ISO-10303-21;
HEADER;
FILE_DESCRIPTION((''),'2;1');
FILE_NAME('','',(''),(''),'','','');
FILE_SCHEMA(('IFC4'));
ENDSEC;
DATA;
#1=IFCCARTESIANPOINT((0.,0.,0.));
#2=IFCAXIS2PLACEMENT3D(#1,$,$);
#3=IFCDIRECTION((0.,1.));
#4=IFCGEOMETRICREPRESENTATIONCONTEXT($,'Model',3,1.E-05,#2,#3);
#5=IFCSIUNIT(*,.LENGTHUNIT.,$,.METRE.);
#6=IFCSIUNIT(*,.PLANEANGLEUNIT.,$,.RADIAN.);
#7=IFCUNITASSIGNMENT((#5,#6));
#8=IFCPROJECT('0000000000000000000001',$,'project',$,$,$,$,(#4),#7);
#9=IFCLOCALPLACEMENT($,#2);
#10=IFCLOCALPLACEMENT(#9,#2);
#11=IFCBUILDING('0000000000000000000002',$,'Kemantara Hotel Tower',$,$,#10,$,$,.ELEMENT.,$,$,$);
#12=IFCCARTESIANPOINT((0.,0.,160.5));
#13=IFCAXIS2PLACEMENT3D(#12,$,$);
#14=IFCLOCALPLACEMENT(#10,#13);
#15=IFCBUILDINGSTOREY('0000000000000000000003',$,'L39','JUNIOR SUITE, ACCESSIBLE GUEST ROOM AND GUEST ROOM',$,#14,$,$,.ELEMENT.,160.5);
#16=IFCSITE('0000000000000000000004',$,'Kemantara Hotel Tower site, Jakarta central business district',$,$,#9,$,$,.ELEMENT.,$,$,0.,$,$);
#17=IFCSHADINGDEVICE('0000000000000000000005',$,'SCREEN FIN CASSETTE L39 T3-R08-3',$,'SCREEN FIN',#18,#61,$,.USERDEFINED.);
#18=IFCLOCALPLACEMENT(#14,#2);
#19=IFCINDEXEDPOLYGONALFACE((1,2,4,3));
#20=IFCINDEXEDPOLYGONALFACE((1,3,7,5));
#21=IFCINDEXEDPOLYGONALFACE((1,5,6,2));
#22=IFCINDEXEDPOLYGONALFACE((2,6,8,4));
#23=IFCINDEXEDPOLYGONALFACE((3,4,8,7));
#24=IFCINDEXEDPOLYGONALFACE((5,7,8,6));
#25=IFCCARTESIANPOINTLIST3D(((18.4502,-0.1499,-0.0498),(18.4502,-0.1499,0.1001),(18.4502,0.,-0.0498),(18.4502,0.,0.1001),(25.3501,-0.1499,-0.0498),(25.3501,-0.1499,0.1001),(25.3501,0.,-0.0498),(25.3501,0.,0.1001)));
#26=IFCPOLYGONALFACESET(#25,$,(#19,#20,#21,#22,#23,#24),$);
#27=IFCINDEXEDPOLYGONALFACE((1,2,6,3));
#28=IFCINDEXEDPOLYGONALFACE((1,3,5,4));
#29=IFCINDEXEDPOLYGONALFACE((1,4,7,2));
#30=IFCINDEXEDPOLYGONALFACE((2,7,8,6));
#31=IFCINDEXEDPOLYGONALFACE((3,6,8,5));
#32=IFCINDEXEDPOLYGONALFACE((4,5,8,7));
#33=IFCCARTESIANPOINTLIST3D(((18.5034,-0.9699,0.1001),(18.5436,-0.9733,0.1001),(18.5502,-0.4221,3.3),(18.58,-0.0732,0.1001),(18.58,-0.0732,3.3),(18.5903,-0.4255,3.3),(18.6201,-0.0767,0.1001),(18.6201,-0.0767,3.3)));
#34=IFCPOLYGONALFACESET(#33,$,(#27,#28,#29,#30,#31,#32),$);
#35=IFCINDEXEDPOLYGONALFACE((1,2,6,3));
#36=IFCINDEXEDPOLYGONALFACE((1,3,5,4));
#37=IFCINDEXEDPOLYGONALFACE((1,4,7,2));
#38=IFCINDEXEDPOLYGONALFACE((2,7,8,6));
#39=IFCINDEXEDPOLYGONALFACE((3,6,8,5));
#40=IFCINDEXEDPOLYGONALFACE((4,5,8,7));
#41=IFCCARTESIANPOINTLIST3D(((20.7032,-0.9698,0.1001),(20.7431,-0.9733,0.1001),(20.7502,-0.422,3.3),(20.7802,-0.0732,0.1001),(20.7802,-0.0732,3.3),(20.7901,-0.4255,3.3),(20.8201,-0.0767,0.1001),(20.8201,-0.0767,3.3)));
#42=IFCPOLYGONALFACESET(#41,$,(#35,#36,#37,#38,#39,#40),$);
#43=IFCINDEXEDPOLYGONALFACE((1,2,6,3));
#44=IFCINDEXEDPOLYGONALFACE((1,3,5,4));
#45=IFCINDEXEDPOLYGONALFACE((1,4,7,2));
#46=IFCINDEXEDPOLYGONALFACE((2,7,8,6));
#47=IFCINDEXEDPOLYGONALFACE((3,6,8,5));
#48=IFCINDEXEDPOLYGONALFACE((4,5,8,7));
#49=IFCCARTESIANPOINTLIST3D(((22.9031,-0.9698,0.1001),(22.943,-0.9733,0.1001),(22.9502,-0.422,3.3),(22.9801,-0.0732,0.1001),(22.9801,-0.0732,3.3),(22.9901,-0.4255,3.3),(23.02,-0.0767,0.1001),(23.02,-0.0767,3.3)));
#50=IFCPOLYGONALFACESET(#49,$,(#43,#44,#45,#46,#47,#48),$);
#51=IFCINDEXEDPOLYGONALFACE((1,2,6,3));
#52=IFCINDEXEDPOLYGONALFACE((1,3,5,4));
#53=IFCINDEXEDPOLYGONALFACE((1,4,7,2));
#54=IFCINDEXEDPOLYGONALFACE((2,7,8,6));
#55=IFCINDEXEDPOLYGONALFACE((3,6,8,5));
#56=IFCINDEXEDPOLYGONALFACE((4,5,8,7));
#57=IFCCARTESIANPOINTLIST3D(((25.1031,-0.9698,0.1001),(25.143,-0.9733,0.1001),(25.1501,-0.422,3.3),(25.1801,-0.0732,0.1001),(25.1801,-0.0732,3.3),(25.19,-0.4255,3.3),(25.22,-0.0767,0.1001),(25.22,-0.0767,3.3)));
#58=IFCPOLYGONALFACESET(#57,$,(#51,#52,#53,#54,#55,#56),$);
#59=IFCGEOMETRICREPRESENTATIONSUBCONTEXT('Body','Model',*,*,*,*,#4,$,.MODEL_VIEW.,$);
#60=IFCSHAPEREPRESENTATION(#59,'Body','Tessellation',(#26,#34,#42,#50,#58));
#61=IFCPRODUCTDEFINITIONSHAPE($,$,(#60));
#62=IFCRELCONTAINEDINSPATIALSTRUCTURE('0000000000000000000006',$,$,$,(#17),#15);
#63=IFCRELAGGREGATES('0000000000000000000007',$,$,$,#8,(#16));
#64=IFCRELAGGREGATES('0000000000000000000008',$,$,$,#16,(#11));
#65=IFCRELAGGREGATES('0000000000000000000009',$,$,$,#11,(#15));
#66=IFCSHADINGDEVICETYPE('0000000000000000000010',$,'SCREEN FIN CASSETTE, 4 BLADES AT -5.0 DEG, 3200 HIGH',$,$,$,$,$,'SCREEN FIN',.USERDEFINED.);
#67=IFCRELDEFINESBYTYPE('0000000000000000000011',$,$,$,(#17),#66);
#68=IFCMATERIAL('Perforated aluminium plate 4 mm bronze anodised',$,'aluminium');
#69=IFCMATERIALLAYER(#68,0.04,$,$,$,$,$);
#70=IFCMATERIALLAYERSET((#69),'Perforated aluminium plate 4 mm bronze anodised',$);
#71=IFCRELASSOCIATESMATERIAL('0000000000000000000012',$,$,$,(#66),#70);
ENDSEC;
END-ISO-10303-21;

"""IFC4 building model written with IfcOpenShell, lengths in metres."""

from ifc_helpers import new_model, si_unit, direction, frame, origin, origin_2d, place, context, subcontext, project, spatial, polyline, rectangle, outline, extrude, source, transform, mapped, material, layer, layer_set, type_object, element, save


model = new_model("IFC4")

# Units and contexts
model_context = context("Model", 3, precision=1e-05, world=origin(), true_north=direction((0.0, 1.0)))
body_context = subcontext(model_context, "Body", "Model", "MODEL_VIEW")
ifc_project = project(units=[si_unit("LENGTHUNIT", "METRE"), si_unit("PLANEANGLEUNIT", "RADIAN")], contexts=[model_context])

# Site, building, storey
site_placement = place(None, origin())
site = spatial("IfcSite", under=ifc_project, at=site_placement, Name="Kemantara Hotel Tower site, Jakarta central business district", CompositionType="ELEMENT", RefElevation=0.0)
building_placement = place(site_placement, origin())
building = spatial("IfcBuilding", under=site, at=building_placement, Name="Kemantara Hotel Tower", CompositionType="ELEMENT")
storey_placement = place(building_placement, frame((0.0, 0.0, 160.5)))
storey = spatial("IfcBuildingStorey", under=building, at=storey_placement, Name="L39", Description="JUNIOR SUITE, ACCESSIBLE GUEST ROOM AND GUEST ROOM", CompositionType="ELEMENT", Elevation=160.5)

# Shading device
ifc_material_1 = material(Name="Perforated aluminium plate 4 mm bronze anodised", Category="aluminium")
ifc_layer_1 = layer(ifc_material_1, 0.04)
ifc_layer_set_1 = layer_set([ifc_layer_1], Name="Perforated aluminium plate 4 mm bronze anodised")
shading_device_type = type_object("IfcShadingDeviceType", Name="SCREEN FIN CASSETTE, 4 BLADES AT -5.0 DEG, 3200 HIGH", ElementType="SCREEN FIN", PredefinedType="USERDEFINED", material=ifc_layer_set_1)
shared_shape = source(origin(), body_context, "Body", "SweptSolid", [
    extrude(rectangle(XDim=6.8999, YDim=0.1499, at=origin_2d()), frame((3.3, -0.075, -0.1499), z_axis=(0.0, 0.0, 1.0), x_axis=(1.0, 0.0, 0.0)), (0.0, 0.0, 1.0), 0.1499),
    extrude(outline(polyline([(0.0, 0.0), (0.8999, 0.0), (0.3501, 3.2), (0.0, 3.2), (0.0, 0.0)])), frame((0.02, -0.0767, 0.0), z_axis=(-0.996376, 0.085056, 0.0), x_axis=(-0.085056, -0.996376, 0.0)), (0.0, 0.0, 1.0), 0.0403),
    extrude(outline(polyline([(0.0, 0.0), (0.8999, 0.0), (0.3501, 3.2), (0.0, 3.2), (0.0, 0.0)])), frame((2.22, -0.0767, 0.0), z_axis=(-0.996332, 0.085575, 0.0), x_axis=(-0.085575, -0.996332, 0.0)), (0.0, 0.0, 1.0), 0.04),
    extrude(outline(polyline([(0.0, 0.0), (0.8999, 0.0), (0.3501, 3.2), (0.0, 3.2), (0.0, 0.0)])), frame((4.4199, -0.0767, 0.0), z_axis=(-0.996332, 0.085575, 0.0), x_axis=(-0.085575, -0.996332, 0.0)), (0.0, 0.0, 1.0), 0.04),
    extrude(outline(polyline([(0.0, 0.0), (0.8999, 0.0), (0.3501, 3.2), (0.0, 3.2), (0.0, 0.0)])), frame((6.6199, -0.0767, 0.0), z_axis=(-0.996332, 0.085575, 0.0), x_axis=(-0.085575, -0.996332, 0.0)), (0.0, 0.0, 1.0), 0.04),
])
shading_device_placement = place(storey_placement, frame((18.6001, 0.0, 0.1001), z_axis=(0.0, 0.0, 1.0), x_axis=(1.0, 0.0, 0.0)))
element("IfcShadingDevice", 1, at=shading_device_placement, inside=storey, type_object=shading_device_type, Name="SCREEN FIN CASSETTE L39 T3-R08-3", ObjectType="SCREEN FIN", PredefinedType="USERDEFINED", context=body_context, shape_type="MappedRepresentation", body=[
    mapped(shared_shape, transform((0.0, 0.0, 0.0))),
])

save(model, "model.ifc")
